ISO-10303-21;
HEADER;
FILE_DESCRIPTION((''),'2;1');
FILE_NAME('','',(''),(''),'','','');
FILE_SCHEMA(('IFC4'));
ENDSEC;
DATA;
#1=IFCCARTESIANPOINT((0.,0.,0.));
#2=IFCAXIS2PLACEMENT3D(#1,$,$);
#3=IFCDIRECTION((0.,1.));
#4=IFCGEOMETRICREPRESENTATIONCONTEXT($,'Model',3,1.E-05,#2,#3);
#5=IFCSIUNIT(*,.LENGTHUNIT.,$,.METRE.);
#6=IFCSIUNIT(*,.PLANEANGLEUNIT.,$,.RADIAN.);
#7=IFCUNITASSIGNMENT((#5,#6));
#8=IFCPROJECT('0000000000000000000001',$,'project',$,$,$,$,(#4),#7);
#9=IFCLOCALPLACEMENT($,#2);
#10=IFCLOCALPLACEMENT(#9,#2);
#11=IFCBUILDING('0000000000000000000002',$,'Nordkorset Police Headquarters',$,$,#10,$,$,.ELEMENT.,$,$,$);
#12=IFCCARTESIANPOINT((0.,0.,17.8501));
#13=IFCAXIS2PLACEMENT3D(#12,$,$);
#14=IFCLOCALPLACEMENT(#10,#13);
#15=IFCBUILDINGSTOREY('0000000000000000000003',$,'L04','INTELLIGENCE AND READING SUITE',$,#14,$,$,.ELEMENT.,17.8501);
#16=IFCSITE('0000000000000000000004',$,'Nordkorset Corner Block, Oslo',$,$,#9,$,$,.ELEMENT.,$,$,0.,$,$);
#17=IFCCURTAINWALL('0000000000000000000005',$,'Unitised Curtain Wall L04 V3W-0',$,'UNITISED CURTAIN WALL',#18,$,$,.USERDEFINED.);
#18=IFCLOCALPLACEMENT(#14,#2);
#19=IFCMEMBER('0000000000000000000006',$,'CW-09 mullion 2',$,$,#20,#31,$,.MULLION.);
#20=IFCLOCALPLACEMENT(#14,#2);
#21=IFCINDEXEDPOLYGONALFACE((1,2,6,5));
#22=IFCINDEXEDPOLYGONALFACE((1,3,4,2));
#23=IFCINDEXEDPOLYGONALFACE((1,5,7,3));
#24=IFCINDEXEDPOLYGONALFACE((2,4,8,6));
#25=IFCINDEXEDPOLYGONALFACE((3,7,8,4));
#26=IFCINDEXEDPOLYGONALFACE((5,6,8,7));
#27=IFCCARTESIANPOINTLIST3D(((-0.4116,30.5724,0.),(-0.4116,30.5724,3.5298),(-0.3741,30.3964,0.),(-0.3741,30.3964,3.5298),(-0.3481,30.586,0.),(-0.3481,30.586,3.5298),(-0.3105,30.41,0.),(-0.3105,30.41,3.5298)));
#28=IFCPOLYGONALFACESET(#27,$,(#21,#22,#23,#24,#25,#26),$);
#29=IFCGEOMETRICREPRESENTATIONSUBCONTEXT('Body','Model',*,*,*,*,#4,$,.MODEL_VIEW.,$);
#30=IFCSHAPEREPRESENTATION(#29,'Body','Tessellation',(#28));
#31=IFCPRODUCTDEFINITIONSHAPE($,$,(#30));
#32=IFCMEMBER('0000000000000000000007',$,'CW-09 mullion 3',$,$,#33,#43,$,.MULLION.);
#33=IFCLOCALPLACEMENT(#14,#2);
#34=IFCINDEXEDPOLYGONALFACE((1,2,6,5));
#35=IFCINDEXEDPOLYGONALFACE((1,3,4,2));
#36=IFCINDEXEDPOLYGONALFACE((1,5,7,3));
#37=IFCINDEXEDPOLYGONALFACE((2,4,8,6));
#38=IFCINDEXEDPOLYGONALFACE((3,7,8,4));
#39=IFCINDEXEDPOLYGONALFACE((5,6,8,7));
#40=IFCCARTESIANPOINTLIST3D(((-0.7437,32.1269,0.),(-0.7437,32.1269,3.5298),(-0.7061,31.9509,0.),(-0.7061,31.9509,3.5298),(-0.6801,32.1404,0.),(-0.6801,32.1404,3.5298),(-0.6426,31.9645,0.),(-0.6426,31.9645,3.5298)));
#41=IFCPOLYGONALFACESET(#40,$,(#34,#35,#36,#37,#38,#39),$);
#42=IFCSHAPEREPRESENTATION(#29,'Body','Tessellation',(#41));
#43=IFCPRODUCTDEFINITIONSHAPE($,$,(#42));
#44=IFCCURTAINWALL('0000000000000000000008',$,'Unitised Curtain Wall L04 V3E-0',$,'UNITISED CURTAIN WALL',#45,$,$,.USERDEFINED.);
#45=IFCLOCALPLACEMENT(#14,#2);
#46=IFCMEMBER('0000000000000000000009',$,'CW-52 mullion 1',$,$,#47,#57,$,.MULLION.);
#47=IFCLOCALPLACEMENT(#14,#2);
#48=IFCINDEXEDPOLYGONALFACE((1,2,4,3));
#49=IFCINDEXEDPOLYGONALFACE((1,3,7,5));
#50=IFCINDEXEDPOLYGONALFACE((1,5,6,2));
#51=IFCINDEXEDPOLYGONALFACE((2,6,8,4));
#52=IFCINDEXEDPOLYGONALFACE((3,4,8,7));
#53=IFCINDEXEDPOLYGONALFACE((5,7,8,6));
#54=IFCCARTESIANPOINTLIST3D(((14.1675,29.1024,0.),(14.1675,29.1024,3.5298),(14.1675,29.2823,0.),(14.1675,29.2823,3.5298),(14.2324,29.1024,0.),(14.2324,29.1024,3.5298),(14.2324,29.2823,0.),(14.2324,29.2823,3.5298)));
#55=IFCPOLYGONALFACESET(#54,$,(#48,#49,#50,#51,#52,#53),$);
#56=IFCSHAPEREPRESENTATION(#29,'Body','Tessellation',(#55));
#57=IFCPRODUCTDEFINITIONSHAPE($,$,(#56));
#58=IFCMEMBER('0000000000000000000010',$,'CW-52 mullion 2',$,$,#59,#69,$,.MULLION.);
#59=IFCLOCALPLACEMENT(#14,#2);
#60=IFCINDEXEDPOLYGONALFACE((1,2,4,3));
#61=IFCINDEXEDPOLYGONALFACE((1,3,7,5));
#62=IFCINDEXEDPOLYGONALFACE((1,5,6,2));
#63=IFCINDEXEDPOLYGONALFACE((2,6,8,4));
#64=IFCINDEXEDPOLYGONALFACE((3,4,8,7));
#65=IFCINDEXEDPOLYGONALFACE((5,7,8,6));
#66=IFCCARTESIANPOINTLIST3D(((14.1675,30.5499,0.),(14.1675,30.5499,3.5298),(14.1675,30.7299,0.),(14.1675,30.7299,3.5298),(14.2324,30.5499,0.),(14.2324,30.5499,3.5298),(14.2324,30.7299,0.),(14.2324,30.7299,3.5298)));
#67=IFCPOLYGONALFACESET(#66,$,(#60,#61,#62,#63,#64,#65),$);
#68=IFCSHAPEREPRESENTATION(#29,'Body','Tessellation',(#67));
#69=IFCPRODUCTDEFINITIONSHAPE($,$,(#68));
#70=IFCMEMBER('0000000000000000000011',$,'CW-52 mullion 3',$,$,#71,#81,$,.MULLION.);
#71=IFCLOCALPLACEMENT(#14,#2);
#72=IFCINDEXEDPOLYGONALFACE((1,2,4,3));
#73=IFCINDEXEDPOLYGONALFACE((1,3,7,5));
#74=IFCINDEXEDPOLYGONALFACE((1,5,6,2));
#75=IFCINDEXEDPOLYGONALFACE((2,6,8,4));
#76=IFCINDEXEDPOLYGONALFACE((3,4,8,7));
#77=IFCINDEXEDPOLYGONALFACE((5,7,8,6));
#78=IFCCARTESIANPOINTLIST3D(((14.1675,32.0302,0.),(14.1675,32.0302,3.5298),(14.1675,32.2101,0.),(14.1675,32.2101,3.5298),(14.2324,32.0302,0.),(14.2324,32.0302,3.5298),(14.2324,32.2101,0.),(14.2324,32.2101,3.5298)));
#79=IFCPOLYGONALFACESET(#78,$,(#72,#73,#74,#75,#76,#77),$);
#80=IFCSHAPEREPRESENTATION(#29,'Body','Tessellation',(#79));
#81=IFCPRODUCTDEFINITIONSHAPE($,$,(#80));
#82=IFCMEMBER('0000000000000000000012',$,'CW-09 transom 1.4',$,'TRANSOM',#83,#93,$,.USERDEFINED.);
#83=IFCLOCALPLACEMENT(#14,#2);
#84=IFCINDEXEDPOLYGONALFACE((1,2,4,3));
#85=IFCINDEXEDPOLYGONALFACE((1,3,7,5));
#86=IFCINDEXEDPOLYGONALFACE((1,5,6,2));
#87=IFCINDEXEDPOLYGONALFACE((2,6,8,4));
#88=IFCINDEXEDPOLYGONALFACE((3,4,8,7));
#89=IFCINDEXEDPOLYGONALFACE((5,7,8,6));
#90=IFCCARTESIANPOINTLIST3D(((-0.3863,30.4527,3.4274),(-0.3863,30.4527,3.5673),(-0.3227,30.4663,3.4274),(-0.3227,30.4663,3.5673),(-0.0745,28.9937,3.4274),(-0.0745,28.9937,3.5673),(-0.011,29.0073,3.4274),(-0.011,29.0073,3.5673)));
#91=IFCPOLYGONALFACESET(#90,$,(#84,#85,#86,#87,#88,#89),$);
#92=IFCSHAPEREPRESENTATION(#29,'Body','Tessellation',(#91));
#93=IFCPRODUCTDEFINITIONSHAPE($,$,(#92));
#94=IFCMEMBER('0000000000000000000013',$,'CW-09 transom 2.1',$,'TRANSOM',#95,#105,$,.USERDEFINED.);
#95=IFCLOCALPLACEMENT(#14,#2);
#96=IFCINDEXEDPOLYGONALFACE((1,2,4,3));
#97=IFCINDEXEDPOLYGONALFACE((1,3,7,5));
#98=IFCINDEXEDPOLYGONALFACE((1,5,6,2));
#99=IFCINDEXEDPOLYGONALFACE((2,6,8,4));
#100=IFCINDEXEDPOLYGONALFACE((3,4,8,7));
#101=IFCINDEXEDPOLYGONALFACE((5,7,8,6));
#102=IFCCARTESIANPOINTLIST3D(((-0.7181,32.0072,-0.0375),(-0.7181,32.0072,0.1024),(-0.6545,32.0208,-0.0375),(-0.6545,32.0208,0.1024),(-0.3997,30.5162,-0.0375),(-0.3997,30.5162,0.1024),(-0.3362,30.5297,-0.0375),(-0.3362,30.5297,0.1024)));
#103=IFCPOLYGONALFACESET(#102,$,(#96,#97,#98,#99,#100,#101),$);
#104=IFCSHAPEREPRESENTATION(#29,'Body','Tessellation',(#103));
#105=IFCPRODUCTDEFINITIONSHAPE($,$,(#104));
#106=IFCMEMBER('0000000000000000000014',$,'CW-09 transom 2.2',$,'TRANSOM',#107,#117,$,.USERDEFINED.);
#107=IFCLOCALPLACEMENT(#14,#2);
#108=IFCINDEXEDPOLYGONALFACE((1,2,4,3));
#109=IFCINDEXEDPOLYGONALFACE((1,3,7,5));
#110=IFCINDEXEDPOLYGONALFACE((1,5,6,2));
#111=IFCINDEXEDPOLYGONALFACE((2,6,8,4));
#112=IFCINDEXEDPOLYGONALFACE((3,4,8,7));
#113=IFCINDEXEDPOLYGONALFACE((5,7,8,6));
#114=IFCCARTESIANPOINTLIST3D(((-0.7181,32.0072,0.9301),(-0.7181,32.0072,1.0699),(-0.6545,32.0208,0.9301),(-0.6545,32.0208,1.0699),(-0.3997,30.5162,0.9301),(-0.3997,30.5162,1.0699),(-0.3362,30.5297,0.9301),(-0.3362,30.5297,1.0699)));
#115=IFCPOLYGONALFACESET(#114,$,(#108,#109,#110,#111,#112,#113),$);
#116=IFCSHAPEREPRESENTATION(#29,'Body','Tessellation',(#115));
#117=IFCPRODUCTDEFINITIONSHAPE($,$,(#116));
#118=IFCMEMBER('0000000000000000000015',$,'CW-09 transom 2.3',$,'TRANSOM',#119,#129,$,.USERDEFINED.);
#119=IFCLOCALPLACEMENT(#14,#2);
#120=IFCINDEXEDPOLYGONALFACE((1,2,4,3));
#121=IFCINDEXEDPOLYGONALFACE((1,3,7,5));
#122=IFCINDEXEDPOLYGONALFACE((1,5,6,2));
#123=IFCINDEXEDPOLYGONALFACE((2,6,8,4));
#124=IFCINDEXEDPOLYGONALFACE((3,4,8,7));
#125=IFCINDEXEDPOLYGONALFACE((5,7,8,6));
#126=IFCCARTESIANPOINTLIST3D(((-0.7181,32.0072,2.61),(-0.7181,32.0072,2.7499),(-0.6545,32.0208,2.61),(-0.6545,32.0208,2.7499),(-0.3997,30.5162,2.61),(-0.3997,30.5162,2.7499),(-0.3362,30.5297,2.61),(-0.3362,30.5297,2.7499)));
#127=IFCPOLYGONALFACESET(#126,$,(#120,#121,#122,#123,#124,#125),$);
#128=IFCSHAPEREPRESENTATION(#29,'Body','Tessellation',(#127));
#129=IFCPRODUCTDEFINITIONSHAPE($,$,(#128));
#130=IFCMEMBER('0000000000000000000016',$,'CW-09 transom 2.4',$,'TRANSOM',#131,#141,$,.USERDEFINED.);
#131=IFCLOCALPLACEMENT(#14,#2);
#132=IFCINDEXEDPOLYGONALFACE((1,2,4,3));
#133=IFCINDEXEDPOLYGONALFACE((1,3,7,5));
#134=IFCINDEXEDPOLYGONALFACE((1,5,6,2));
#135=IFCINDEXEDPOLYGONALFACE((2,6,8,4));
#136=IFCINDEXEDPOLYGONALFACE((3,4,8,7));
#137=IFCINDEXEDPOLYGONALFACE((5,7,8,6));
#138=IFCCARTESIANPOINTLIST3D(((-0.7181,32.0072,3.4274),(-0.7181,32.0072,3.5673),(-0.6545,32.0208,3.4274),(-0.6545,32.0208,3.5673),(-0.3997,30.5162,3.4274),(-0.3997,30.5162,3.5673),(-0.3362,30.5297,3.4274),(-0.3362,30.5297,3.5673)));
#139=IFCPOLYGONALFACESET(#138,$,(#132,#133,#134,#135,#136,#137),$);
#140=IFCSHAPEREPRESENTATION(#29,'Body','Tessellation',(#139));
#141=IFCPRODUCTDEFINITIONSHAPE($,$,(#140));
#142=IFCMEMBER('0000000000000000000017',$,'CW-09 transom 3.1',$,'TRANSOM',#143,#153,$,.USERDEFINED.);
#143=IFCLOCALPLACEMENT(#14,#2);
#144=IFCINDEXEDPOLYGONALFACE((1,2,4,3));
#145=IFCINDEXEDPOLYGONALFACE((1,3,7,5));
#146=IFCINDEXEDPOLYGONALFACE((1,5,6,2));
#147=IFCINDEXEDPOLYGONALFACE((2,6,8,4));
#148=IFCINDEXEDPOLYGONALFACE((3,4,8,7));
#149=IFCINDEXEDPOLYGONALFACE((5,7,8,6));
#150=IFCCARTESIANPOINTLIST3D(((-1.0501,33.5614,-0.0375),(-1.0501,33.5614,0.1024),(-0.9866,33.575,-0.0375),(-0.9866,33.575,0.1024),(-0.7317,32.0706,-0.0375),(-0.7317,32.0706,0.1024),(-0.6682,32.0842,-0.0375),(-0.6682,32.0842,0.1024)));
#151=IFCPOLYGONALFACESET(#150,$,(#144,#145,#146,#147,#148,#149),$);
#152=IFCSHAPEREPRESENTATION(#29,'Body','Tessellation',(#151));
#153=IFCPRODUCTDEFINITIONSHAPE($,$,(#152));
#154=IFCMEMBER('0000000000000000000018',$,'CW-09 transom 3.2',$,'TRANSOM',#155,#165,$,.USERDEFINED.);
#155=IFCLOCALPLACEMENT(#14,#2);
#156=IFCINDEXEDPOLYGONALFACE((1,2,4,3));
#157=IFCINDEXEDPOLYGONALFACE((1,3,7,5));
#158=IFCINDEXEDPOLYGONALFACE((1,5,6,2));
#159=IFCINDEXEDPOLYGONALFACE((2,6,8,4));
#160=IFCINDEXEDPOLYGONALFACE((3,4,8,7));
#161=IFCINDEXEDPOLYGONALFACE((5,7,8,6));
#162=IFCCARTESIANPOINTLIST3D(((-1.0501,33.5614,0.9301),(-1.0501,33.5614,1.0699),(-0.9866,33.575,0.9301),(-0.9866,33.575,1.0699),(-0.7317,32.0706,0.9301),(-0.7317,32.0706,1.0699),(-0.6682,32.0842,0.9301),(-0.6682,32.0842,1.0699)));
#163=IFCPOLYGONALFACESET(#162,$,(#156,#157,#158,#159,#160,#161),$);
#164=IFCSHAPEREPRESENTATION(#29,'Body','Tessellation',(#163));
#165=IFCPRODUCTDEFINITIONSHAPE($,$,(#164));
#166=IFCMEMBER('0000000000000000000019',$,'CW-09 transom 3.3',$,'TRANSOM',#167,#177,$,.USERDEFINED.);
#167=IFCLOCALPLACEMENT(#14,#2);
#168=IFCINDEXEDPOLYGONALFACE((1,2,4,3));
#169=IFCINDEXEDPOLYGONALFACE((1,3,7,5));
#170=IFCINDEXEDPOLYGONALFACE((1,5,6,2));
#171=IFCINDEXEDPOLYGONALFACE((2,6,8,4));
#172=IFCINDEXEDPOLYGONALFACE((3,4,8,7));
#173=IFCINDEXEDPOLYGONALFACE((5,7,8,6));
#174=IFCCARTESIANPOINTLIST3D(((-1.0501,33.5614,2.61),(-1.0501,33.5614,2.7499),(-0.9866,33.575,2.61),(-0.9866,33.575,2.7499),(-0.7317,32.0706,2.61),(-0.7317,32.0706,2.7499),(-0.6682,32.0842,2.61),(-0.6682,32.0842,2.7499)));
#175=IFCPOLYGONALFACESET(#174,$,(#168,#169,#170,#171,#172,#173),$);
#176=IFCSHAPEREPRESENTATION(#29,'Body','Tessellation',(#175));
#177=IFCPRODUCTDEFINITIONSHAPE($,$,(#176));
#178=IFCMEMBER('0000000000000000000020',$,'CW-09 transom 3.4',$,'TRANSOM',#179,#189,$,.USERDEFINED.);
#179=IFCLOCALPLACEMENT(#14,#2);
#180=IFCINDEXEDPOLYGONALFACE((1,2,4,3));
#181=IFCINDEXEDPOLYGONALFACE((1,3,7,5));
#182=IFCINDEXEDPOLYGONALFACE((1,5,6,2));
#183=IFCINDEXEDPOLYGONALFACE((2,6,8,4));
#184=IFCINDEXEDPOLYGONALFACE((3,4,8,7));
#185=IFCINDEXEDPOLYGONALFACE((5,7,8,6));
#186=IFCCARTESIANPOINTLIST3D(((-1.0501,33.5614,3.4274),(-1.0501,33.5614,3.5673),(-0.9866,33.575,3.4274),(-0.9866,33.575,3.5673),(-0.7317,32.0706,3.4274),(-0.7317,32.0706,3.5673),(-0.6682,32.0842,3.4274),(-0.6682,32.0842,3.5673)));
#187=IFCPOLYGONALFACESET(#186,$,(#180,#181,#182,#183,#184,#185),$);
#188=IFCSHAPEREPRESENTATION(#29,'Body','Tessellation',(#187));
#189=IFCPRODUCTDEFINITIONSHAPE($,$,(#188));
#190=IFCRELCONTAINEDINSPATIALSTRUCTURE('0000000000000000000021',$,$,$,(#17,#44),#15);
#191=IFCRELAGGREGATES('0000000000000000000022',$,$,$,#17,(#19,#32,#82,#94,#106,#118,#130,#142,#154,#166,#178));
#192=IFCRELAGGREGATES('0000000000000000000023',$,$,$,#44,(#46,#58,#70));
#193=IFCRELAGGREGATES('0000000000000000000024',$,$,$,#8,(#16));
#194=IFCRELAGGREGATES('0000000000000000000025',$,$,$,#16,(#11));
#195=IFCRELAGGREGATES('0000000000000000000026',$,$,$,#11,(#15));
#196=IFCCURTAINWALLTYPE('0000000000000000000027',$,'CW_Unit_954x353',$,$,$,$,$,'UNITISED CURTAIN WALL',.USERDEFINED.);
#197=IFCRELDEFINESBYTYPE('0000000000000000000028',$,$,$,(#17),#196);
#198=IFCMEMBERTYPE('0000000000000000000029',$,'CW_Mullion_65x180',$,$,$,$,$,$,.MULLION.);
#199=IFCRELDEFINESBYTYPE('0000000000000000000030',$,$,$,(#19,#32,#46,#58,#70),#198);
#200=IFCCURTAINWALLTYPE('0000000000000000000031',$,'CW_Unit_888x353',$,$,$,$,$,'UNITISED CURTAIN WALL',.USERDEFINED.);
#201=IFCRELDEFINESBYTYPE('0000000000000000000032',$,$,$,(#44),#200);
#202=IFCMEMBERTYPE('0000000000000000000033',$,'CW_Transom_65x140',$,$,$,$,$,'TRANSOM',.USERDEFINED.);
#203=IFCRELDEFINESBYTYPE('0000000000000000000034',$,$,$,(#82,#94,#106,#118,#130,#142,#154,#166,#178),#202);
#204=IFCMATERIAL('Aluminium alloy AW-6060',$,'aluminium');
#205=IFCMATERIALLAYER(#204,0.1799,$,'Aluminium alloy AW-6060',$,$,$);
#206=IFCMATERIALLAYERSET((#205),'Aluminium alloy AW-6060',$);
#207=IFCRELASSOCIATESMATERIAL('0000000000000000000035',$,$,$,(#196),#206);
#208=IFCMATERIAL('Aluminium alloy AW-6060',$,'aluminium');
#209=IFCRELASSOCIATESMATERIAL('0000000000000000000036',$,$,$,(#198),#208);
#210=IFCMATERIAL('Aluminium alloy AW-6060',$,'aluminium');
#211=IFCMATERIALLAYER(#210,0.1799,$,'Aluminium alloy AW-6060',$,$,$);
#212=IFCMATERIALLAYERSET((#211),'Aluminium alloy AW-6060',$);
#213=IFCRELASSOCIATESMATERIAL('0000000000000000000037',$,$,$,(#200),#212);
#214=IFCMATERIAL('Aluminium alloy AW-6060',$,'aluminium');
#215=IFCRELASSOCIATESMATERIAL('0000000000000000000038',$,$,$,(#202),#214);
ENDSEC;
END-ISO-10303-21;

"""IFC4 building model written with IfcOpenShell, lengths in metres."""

from ifc_helpers import new_model, si_unit, direction, frame, origin, origin_2d, place, context, subcontext, project, spatial, rectangle, extrude, material, layer, layer_set, material_profile, profile_set, type_object, element, aggregate, save


model = new_model("IFC4")

# Units and contexts
model_context = context("Model", 3, precision=1e-05, world=origin(), true_north=direction((0.0, 1.0)))
body_context = subcontext(model_context, "Body", "Model", "MODEL_VIEW")
ifc_project = project(units=[si_unit("LENGTHUNIT", "METRE"), si_unit("PLANEANGLEUNIT", "RADIAN")], contexts=[model_context])

# Site, building, storey
site_placement = place(None, origin())
site = spatial("IfcSite", under=ifc_project, at=site_placement, Name="Nordkorset Corner Block, Oslo", CompositionType="ELEMENT", RefElevation=0.0)
building_placement = place(site_placement, origin())
building = spatial("IfcBuilding", under=site, at=building_placement, Name="Nordkorset Police Headquarters", CompositionType="ELEMENT")
storey_placement = place(building_placement, frame((0.0, 0.0, 17.8501)))
storey = spatial("IfcBuildingStorey", under=building, at=storey_placement, Name="L04", Description="INTELLIGENCE AND READING SUITE", CompositionType="ELEMENT", Elevation=17.8501)

# Curtain walls, members
ifc_material_1 = material(Name="Aluminium alloy AW-6060", Category="aluminium")
ifc_layer_1 = layer(ifc_material_1, 0.1799, Name="Aluminium alloy AW-6060")
ifc_layer_set_1 = layer_set([ifc_layer_1], Name="Aluminium alloy AW-6060")
curtain_wall_type_1 = type_object("IfcCurtainWallType", Name="CW_Unit_954x353", ElementType="UNITISED CURTAIN WALL", PredefinedType="USERDEFINED", material=ifc_layer_set_1)
curtain_wall_1_placement = place(storey_placement, origin())
curtain_wall_1 = element("IfcCurtainWall", 1, at=curtain_wall_1_placement, inside=storey, type_object=curtain_wall_type_1, Name="Unitised Curtain Wall L04 V3W-0", ObjectType="UNITISED CURTAIN WALL", PredefinedType="USERDEFINED")
ifc_material_2 = material(Name="Aluminium alloy AW-6060", Category="aluminium")
ifc_material_profile_1 = material_profile(ifc_material_2, rectangle(XDim=0.0649, YDim=0.1799, at=origin_2d()), Name="ALU MULL 65x180")
ifc_profile_set_1 = profile_set([ifc_material_profile_1], Name="Aluminium alloy AW-6060")
member_type_1 = type_object("IfcMemberType", Name="CW_Mullion_65x180", PredefinedType="MULLION", material=ifc_profile_set_1)
member_1_placement = place(storey_placement, frame((-0.3611, 30.4912, 0.0), z_axis=(0.0, 0.0, 1.0), x_axis=(-0.977951, -0.208833, 0.0)))
member_1 = element("IfcMember", 2, at=member_1_placement, type_object=member_type_1, Name="CW-09 mullion 2", PredefinedType="MULLION", context=body_context, shape_type="SweptSolid", body=[
    extrude(rectangle(XDim=0.0649, YDim=0.1799, at=origin_2d()), origin(), (0.0, 0.0, 1.0), 3.5298),
])
member_2_placement = place(storey_placement, frame((-0.6931, 32.0457, 0.0), z_axis=(0.0, 0.0, 1.0), x_axis=(-0.977951, -0.208833, 0.0)))
member_2 = element("IfcMember", 3, at=member_2_placement, type_object=member_type_1, Name="CW-09 mullion 3", PredefinedType="MULLION", context=body_context, shape_type="SweptSolid", body=[
    extrude(rectangle(XDim=0.0649, YDim=0.1799, at=origin_2d()), origin(), (0.0, 0.0, 1.0), 3.5298),
])
ifc_material_3 = material(Name="Aluminium alloy AW-6060", Category="aluminium")
ifc_layer_2 = layer(ifc_material_3, 0.1799, Name="Aluminium alloy AW-6060")
ifc_layer_set_2 = layer_set([ifc_layer_2], Name="Aluminium alloy AW-6060")
curtain_wall_type_2 = type_object("IfcCurtainWallType", Name="CW_Unit_888x353", ElementType="UNITISED CURTAIN WALL", PredefinedType="USERDEFINED", material=ifc_layer_set_2)
curtain_wall_2_placement = place(storey_placement, origin())
curtain_wall_2 = element("IfcCurtainWall", 4, at=curtain_wall_2_placement, inside=storey, type_object=curtain_wall_type_2, Name="Unitised Curtain Wall L04 V3E-0", ObjectType="UNITISED CURTAIN WALL", PredefinedType="USERDEFINED")
member_3_placement = place(storey_placement, frame((14.2, 29.1924, 0.0), z_axis=(0.0, 0.0, 1.0), x_axis=(-1.0, 0.0, 0.0)))
member_3 = element("IfcMember", 5, at=member_3_placement, type_object=member_type_1, Name="CW-52 mullion 1", PredefinedType="MULLION", context=body_context, shape_type="SweptSolid", body=[
    extrude(rectangle(XDim=0.0649, YDim=0.1799, at=origin_2d()), origin(), (0.0, 0.0, 1.0), 3.5298),
])
member_4_placement = place(storey_placement, frame((14.2, 30.6399, 0.0), z_axis=(0.0, 0.0, 1.0), x_axis=(-1.0, 0.0, 0.0)))
member_4 = element("IfcMember", 6, at=member_4_placement, type_object=member_type_1, Name="CW-52 mullion 2", PredefinedType="MULLION", context=body_context, shape_type="SweptSolid", body=[
    extrude(rectangle(XDim=0.0649, YDim=0.1799, at=origin_2d()), origin(), (0.0, 0.0, 1.0), 3.5298),
])
member_5_placement = place(storey_placement, frame((14.2, 32.1201, 0.0), z_axis=(0.0, 0.0, 1.0), x_axis=(-1.0, 0.0, 0.0)))
member_5 = element("IfcMember", 7, at=member_5_placement, type_object=member_type_1, Name="CW-52 mullion 3", PredefinedType="MULLION", context=body_context, shape_type="SweptSolid", body=[
    extrude(rectangle(XDim=0.0649, YDim=0.1799, at=origin_2d()), origin(), (0.0, 0.0, 1.0), 3.5298),
])

# Members
ifc_material_4 = material(Name="Aluminium alloy AW-6060", Category="aluminium")
ifc_material_profile_2 = material_profile(ifc_material_4, rectangle(XDim=0.0649, YDim=0.1399, at=origin_2d()), Name="ALU TRAN 65x140")
ifc_profile_set_2 = profile_set([ifc_material_profile_2], Name="Aluminium alloy AW-6060")
member_type_2 = type_object("IfcMemberType", Name="CW_Transom_65x140", ElementType="TRANSOM", PredefinedType="USERDEFINED", material=ifc_profile_set_2)
member_6_placement = place(storey_placement, frame((-0.0427, 29.0005, 3.4973), z_axis=(-0.20897, 0.977922, 0.0), x_axis=(-0.977922, -0.20897, 0.0)))
member_6 = element("IfcMember", 8, at=member_6_placement, type_object=member_type_2, Name="CW-09 transom 1.4", ObjectType="TRANSOM", PredefinedType="USERDEFINED", context=body_context, shape_type="SweptSolid", body=[
    extrude(rectangle(XDim=0.0649, YDim=0.1399, at=origin_2d()), origin(), (0.0, 0.0, 1.0), 1.4919),
])
member_7_placement = place(storey_placement, frame((-0.3679, 30.5229, 0.0325), z_axis=(-0.208818, 0.977954, 0.0), x_axis=(-0.977954, -0.208818, 0.0)))
member_7 = element("IfcMember", 9, at=member_7_placement, type_object=member_type_2, Name="CW-09 transom 2.1", ObjectType="TRANSOM", PredefinedType="USERDEFINED", context=body_context, shape_type="SweptSolid", body=[
    extrude(rectangle(XDim=0.0649, YDim=0.1399, at=origin_2d()), origin(), (0.0, 0.0, 1.0), 1.5247),
])
member_8_placement = place(storey_placement, frame((-0.3679, 30.5229, 1.0), z_axis=(-0.208818, 0.977954, 0.0), x_axis=(-0.977954, -0.208818, 0.0)))
member_8 = element("IfcMember", 10, at=member_8_placement, type_object=member_type_2, Name="CW-09 transom 2.2", ObjectType="TRANSOM", PredefinedType="USERDEFINED", context=body_context, shape_type="SweptSolid", body=[
    extrude(rectangle(XDim=0.0649, YDim=0.1399, at=origin_2d()), origin(), (0.0, 0.0, 1.0), 1.5247),
])
member_9_placement = place(storey_placement, frame((-0.3679, 30.5229, 2.6799), z_axis=(-0.208818, 0.977954, 0.0), x_axis=(-0.977954, -0.208818, 0.0)))
member_9 = element("IfcMember", 11, at=member_9_placement, type_object=member_type_2, Name="CW-09 transom 2.3", ObjectType="TRANSOM", PredefinedType="USERDEFINED", context=body_context, shape_type="SweptSolid", body=[
    extrude(rectangle(XDim=0.0649, YDim=0.1399, at=origin_2d()), origin(), (0.0, 0.0, 1.0), 1.5247),
])
member_10_placement = place(storey_placement, frame((-0.3679, 30.5229, 3.4973), z_axis=(-0.208818, 0.977954, 0.0), x_axis=(-0.977954, -0.208818, 0.0)))
member_10 = element("IfcMember", 12, at=member_10_placement, type_object=member_type_2, Name="CW-09 transom 2.4", ObjectType="TRANSOM", PredefinedType="USERDEFINED", context=body_context, shape_type="SweptSolid", body=[
    extrude(rectangle(XDim=0.0649, YDim=0.1399, at=origin_2d()), origin(), (0.0, 0.0, 1.0), 1.5247),
])
member_11_placement = place(storey_placement, frame((-0.7, 32.0774, 0.0325), z_axis=(-0.208851, 0.977947, 0.0), x_axis=(-0.977947, -0.208851, 0.0)))
member_11 = element("IfcMember", 13, at=member_11_placement, type_object=member_type_2, Name="CW-09 transom 3.1", ObjectType="TRANSOM", PredefinedType="USERDEFINED", context=body_context, shape_type="SweptSolid", body=[
    extrude(rectangle(XDim=0.0649, YDim=0.1399, at=origin_2d()), origin(), (0.0, 0.0, 1.0), 1.5244),
])
member_12_placement = place(storey_placement, frame((-0.7, 32.0774, 1.0), z_axis=(-0.208851, 0.977947, 0.0), x_axis=(-0.977947, -0.208851, 0.0)))
member_12 = element("IfcMember", 14, at=member_12_placement, type_object=member_type_2, Name="CW-09 transom 3.2", ObjectType="TRANSOM", PredefinedType="USERDEFINED", context=body_context, shape_type="SweptSolid", body=[
    extrude(rectangle(XDim=0.0649, YDim=0.1399, at=origin_2d()), origin(), (0.0, 0.0, 1.0), 1.5244),
])
member_13_placement = place(storey_placement, frame((-0.7, 32.0774, 2.6799), z_axis=(-0.208851, 0.977947, 0.0), x_axis=(-0.977947, -0.208851, 0.0)))
member_13 = element("IfcMember", 15, at=member_13_placement, type_object=member_type_2, Name="CW-09 transom 3.3", ObjectType="TRANSOM", PredefinedType="USERDEFINED", context=body_context, shape_type="SweptSolid", body=[
    extrude(rectangle(XDim=0.0649, YDim=0.1399, at=origin_2d()), origin(), (0.0, 0.0, 1.0), 1.5244),
])
member_14_placement = place(storey_placement, frame((-0.7, 32.0774, 3.4973), z_axis=(-0.208851, 0.977947, 0.0), x_axis=(-0.977947, -0.208851, 0.0)))
member_14 = element("IfcMember", 16, at=member_14_placement, type_object=member_type_2, Name="CW-09 transom 3.4", ObjectType="TRANSOM", PredefinedType="USERDEFINED", context=body_context, shape_type="SweptSolid", body=[
    extrude(rectangle(XDim=0.0649, YDim=0.1399, at=origin_2d()), origin(), (0.0, 0.0, 1.0), 1.5244),
])

aggregate(curtain_wall_1, [member_1, member_2, member_6, member_7, member_8, member_9, member_10, member_11, member_12, member_13, member_14])
aggregate(curtain_wall_2, [member_3, member_4, member_5])

save(model, "model.ifc")
